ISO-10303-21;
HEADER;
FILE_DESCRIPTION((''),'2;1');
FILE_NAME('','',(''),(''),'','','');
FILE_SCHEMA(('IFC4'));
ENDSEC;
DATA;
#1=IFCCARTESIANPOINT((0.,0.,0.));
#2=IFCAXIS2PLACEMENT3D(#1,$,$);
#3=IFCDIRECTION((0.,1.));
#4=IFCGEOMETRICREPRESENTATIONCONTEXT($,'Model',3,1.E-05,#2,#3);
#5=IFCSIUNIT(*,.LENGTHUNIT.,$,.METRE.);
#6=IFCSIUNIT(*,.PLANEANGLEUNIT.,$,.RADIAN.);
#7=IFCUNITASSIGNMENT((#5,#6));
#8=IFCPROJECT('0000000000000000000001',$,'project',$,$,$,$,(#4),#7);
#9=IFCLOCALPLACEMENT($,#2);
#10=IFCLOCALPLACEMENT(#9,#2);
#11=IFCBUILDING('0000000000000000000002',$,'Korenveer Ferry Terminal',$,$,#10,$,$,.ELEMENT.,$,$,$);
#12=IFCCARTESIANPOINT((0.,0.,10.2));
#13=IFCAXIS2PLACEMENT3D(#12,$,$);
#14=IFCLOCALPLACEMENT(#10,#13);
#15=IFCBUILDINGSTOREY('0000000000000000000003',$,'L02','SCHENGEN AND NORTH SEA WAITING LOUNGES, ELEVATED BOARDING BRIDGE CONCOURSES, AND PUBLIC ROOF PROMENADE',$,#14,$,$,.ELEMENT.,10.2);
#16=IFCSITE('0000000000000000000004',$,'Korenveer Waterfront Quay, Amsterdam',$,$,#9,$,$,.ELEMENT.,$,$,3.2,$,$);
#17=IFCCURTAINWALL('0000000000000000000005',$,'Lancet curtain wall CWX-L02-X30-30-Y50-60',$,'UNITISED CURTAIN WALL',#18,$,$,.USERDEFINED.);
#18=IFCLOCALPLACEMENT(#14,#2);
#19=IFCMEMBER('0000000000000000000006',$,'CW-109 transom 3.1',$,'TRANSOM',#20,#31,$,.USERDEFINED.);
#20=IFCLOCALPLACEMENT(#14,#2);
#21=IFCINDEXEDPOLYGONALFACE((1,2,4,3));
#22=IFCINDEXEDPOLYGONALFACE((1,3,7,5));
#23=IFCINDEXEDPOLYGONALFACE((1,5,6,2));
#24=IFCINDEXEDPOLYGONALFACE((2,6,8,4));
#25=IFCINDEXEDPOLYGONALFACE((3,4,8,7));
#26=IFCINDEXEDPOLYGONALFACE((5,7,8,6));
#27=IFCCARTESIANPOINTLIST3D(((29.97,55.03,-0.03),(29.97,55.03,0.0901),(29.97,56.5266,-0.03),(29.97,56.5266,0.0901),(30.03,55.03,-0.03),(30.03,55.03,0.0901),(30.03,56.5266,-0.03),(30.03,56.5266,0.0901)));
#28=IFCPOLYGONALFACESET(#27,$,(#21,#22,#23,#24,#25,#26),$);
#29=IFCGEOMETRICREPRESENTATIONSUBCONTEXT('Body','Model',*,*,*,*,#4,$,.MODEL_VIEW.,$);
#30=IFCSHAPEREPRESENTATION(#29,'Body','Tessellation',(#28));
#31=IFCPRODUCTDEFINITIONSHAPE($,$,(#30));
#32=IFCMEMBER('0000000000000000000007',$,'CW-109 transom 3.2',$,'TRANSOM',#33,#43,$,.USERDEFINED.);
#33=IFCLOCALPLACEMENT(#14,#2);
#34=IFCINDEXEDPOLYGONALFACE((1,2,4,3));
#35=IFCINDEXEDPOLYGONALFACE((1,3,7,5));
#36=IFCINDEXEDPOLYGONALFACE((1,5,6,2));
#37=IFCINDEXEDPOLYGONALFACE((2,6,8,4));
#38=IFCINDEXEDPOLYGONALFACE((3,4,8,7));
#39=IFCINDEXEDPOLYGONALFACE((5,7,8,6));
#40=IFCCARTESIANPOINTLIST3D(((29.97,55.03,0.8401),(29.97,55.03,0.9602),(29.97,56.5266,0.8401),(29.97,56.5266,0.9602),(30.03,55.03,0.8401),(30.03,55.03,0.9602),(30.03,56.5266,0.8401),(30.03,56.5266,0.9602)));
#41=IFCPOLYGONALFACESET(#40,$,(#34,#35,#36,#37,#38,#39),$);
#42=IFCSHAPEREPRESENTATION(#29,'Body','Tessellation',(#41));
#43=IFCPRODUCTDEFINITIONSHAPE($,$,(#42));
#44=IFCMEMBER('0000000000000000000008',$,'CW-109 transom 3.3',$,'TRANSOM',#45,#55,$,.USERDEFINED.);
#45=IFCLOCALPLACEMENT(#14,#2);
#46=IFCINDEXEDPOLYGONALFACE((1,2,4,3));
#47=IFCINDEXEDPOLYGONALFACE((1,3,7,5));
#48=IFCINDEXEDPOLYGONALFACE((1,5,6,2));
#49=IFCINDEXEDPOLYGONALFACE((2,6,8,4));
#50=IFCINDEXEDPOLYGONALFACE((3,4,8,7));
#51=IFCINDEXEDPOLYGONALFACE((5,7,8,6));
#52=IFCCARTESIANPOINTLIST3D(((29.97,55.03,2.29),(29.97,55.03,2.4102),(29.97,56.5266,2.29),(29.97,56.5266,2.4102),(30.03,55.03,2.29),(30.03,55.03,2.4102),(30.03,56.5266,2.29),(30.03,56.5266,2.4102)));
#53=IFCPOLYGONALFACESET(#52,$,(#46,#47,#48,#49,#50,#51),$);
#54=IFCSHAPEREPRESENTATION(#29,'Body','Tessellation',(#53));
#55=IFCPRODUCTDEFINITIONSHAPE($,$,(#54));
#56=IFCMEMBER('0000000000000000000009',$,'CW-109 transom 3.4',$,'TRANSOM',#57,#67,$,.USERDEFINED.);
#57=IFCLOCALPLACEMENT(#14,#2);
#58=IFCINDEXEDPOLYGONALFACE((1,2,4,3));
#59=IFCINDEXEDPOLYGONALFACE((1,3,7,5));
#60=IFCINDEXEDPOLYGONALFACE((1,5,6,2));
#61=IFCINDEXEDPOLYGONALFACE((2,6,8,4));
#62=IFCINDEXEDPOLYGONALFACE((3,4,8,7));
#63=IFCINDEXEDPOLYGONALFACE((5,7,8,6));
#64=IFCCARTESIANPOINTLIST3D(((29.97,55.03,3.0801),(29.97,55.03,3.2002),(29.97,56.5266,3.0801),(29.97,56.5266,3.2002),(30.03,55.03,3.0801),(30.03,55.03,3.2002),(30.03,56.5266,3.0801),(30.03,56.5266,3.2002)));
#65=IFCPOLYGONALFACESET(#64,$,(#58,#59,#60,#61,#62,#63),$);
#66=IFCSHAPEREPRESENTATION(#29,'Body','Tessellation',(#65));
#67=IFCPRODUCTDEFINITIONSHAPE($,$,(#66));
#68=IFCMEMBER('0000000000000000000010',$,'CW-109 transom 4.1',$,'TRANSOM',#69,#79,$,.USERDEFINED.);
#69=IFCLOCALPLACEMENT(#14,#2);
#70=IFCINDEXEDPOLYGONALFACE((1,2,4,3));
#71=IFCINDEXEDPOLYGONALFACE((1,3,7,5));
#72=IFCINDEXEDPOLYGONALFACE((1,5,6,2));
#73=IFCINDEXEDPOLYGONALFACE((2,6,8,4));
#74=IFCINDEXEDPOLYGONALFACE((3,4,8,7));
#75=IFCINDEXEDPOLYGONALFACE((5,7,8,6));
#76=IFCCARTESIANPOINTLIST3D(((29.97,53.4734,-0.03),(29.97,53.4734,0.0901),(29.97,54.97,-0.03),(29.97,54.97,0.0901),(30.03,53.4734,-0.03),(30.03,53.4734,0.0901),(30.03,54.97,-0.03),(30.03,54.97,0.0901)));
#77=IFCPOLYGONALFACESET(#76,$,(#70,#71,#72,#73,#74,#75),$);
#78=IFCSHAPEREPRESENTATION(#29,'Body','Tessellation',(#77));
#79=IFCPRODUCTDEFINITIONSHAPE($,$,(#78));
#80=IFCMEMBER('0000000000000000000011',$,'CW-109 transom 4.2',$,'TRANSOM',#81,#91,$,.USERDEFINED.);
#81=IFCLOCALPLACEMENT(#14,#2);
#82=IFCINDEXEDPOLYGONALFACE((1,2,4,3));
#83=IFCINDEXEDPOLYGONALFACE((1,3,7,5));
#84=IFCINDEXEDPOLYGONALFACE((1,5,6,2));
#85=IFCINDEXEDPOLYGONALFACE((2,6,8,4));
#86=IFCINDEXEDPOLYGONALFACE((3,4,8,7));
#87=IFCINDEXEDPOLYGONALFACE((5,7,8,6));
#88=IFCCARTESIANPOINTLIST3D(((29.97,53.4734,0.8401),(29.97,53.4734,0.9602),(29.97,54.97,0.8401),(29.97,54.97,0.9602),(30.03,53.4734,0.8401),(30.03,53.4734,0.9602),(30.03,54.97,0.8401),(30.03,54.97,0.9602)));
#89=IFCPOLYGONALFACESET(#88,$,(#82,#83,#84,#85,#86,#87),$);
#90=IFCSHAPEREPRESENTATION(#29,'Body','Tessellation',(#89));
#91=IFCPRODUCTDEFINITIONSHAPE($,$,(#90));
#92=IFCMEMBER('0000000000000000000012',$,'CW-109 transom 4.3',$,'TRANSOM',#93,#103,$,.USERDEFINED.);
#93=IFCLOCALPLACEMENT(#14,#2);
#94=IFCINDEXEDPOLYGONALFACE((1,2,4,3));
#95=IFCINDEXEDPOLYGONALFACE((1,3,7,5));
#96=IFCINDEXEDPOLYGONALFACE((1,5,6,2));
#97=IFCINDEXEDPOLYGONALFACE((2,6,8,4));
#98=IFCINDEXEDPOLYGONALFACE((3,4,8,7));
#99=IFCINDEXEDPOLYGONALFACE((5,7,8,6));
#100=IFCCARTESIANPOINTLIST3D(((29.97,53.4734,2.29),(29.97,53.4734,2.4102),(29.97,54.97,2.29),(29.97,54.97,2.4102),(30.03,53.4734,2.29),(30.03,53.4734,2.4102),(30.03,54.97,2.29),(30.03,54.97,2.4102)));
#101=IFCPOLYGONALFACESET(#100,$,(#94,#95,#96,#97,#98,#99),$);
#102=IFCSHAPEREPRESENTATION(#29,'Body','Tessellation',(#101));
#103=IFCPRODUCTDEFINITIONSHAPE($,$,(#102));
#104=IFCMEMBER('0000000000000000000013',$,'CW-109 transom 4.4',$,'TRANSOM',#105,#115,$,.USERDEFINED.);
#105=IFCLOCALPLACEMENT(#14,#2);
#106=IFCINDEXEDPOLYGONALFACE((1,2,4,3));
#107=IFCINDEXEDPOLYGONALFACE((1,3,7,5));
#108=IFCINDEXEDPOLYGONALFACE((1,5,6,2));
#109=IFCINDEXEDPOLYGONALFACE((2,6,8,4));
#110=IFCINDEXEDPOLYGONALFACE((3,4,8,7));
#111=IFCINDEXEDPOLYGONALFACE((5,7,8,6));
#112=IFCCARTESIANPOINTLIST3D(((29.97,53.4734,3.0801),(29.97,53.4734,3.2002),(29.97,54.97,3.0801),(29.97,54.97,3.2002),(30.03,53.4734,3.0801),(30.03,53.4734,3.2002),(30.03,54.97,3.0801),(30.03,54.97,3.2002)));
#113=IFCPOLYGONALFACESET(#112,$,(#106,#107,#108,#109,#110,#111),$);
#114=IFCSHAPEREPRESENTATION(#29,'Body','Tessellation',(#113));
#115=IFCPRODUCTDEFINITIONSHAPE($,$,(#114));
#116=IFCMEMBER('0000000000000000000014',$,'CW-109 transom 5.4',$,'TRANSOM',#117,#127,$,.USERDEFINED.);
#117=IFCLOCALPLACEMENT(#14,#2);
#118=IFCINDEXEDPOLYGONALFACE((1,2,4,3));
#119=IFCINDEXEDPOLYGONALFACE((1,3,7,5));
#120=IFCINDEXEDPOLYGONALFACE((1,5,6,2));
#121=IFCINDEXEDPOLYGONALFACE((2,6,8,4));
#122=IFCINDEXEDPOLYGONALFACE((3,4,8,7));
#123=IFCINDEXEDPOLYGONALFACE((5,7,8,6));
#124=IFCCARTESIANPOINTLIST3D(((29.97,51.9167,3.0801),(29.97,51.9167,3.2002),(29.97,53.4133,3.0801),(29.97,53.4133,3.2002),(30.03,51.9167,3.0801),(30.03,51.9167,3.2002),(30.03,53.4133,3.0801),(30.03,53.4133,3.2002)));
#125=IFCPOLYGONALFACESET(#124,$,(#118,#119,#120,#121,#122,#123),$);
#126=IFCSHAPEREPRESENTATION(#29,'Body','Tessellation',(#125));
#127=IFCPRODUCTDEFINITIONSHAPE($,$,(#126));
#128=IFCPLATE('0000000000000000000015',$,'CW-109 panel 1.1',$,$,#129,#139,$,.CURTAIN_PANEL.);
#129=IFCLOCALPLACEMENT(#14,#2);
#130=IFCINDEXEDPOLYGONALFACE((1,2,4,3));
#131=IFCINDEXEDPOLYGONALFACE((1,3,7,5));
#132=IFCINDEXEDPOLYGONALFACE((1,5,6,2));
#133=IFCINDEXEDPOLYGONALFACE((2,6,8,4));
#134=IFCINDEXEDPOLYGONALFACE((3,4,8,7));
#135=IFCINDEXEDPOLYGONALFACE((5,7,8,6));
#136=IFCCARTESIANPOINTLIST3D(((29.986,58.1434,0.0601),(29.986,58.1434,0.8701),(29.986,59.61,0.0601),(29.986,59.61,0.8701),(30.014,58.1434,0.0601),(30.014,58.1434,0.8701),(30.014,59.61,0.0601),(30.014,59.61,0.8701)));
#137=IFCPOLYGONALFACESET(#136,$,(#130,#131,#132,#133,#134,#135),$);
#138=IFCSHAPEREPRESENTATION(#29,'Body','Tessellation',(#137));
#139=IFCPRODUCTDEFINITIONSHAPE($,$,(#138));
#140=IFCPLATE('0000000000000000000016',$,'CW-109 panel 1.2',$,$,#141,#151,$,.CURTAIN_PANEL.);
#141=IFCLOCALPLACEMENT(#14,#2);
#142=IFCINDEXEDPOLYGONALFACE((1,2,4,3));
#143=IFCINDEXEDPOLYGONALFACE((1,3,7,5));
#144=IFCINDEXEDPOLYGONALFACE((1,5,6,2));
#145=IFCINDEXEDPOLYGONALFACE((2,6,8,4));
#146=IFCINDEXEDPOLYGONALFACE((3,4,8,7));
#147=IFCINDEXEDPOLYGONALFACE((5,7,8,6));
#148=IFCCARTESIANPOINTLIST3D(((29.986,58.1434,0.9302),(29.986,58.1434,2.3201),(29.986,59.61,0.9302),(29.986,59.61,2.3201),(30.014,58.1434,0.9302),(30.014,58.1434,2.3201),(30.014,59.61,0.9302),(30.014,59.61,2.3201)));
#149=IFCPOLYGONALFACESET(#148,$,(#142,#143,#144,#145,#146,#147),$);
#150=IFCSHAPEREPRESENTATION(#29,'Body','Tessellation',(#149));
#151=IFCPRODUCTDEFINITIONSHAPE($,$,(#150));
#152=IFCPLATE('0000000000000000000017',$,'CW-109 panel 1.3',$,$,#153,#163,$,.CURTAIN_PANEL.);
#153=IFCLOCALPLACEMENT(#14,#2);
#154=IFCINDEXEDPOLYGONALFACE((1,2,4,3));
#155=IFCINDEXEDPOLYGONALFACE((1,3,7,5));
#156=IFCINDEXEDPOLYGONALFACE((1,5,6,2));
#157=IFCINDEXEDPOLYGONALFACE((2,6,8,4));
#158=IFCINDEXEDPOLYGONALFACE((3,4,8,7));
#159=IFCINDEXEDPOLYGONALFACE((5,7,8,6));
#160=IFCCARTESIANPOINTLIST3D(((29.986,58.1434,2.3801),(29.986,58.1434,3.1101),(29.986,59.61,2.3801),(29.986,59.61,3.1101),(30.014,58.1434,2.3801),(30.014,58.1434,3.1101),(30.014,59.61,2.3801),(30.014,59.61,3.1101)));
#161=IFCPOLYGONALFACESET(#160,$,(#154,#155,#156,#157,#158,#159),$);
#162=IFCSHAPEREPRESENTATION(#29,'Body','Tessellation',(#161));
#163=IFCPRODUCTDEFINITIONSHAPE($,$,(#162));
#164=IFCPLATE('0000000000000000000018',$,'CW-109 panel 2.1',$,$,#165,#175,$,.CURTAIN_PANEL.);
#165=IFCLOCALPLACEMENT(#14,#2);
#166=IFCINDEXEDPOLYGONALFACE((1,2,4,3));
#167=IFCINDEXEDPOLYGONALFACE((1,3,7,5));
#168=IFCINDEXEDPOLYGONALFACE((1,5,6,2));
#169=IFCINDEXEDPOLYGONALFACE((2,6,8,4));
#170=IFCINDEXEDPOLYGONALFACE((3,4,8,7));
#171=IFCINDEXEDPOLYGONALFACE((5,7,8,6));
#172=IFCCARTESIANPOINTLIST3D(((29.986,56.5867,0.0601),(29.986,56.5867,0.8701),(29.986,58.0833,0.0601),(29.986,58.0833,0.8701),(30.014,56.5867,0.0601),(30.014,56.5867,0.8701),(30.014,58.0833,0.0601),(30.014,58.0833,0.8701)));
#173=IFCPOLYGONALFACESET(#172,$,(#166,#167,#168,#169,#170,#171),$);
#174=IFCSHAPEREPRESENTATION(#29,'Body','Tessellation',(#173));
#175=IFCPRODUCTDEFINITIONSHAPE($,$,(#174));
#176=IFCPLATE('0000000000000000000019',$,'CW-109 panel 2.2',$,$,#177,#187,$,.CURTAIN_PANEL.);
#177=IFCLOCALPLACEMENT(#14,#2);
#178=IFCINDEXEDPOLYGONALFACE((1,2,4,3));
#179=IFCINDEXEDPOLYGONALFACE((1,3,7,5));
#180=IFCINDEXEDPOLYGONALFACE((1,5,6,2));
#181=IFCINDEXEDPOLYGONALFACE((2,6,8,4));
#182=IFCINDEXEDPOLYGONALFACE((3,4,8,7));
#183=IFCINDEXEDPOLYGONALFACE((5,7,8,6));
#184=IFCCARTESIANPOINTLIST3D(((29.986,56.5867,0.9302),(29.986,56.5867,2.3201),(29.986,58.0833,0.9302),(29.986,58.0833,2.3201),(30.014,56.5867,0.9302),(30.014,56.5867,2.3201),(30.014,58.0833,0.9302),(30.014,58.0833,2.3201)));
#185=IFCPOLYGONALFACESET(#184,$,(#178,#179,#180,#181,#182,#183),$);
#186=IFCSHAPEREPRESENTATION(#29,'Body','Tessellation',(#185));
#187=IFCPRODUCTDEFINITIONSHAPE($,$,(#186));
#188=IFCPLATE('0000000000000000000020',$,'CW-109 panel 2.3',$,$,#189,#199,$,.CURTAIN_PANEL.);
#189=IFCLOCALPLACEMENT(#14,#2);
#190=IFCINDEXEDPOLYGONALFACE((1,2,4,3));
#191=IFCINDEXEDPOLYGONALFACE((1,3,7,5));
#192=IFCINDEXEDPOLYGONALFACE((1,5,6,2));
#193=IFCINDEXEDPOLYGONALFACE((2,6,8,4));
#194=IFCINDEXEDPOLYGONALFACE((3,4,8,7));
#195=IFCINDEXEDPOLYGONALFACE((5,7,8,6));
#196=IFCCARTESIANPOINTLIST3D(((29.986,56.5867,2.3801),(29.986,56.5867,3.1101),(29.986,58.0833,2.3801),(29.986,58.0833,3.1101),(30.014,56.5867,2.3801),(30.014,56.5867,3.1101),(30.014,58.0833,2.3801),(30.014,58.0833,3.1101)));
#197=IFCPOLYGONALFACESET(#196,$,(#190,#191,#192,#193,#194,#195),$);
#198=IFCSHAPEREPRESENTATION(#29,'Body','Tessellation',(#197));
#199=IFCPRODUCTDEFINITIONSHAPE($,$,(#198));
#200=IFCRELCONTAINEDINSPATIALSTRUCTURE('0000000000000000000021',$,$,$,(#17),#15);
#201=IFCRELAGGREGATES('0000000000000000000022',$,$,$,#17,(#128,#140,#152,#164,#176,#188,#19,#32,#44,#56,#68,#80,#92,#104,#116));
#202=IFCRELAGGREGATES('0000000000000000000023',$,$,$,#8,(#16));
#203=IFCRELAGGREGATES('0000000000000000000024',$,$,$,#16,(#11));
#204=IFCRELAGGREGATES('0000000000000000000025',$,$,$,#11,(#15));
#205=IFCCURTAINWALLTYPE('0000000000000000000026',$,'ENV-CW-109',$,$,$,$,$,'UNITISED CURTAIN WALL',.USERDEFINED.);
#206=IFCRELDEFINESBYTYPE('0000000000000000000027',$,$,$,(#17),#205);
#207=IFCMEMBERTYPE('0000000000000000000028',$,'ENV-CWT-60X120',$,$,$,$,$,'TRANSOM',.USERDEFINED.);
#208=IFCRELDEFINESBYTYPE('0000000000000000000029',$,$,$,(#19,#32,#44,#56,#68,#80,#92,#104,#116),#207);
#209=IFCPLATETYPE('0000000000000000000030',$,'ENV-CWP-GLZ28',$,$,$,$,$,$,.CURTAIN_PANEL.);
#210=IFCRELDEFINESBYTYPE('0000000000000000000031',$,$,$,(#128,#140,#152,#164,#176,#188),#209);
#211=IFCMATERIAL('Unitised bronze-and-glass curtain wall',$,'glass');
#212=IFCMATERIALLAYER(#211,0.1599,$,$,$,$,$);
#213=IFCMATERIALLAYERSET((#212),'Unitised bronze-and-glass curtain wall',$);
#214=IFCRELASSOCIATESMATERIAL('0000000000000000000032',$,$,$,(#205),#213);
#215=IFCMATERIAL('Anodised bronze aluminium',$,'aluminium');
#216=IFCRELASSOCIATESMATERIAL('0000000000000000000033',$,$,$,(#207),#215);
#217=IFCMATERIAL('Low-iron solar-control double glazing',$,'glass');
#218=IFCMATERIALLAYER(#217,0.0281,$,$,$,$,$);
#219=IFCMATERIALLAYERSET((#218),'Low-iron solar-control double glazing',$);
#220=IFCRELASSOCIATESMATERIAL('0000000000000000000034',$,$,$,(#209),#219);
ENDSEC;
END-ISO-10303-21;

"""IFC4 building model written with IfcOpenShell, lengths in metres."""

from ifc_helpers import new_model, si_unit, direction, frame, origin, origin_2d, place, context, subcontext, project, spatial, rectangle, extrude, material, layer, layer_set, material_profile, profile_set, type_object, element, aggregate, save


model = new_model("IFC4")

# Units and contexts
model_context = context("Model", 3, precision=1e-05, world=origin(), true_north=direction((0.0, 1.0)))
body_context = subcontext(model_context, "Body", "Model", "MODEL_VIEW")
ifc_project = project(units=[si_unit("LENGTHUNIT", "METRE"), si_unit("PLANEANGLEUNIT", "RADIAN")], contexts=[model_context])

# Site, building, storey
site_placement = place(None, origin())
site = spatial("IfcSite", under=ifc_project, at=site_placement, Name="Korenveer Waterfront Quay, Amsterdam", CompositionType="ELEMENT", RefElevation=3.2)
building_placement = place(site_placement, origin())
building = spatial("IfcBuilding", under=site, at=building_placement, Name="Korenveer Ferry Terminal", CompositionType="ELEMENT")
storey_placement = place(building_placement, frame((0.0, 0.0, 10.2)))
storey = spatial("IfcBuildingStorey", under=building, at=storey_placement, Name="L02", Description="SCHENGEN AND NORTH SEA WAITING LOUNGES, ELEVATED BOARDING BRIDGE CONCOURSES, AND PUBLIC ROOF PROMENADE", CompositionType="ELEMENT", Elevation=10.2)

# Curtain wall, members, plates
ifc_material_1 = material(Name="Unitised bronze-and-glass curtain wall", Category="glass")
ifc_layer_1 = layer(ifc_material_1, 0.1599)
ifc_layer_set_1 = layer_set([ifc_layer_1], Name="Unitised bronze-and-glass curtain wall")
curtain_wall_type = type_object("IfcCurtainWallType", Name="ENV-CW-109", ElementType="UNITISED CURTAIN WALL", PredefinedType="USERDEFINED", material=ifc_layer_set_1)
curtain_wall_placement = place(storey_placement, frame((30.0, 59.6699, 0.0)))
curtain_wall = element("IfcCurtainWall", 1, at=curtain_wall_placement, inside=storey, type_object=curtain_wall_type, Name="Lancet curtain wall CWX-L02-X30-30-Y50-60", ObjectType="UNITISED CURTAIN WALL", PredefinedType="USERDEFINED")
ifc_material_2 = material(Name="Anodised bronze aluminium", Category="aluminium")
ifc_material_profile_1 = material_profile(ifc_material_2, rectangle(XDim=0.0601, YDim=0.1201, at=origin_2d()), Name="ALU 60x120")
ifc_profile_set_1 = profile_set([ifc_material_profile_1], Name="Anodised bronze aluminium")
member_type_1 = type_object("IfcMemberType", Name="ENV-CWT-60X120", ElementType="TRANSOM", PredefinedType="USERDEFINED", material=ifc_profile_set_1)
member_1_placement = place(storey_placement, frame((30.0, 56.5266, 0.03), z_axis=(0.0, -1.0, 0.0), x_axis=(1.0, 0.0, 0.0)))
member_1 = element("IfcMember", 2, at=member_1_placement, type_object=member_type_1, Name="CW-109 transom 3.1", ObjectType="TRANSOM", PredefinedType="USERDEFINED", context=body_context, shape_type="SweptSolid", body=[
    extrude(rectangle(XDim=0.0601, YDim=0.1201, at=origin_2d()), origin(), (0.0, 0.0, 1.0), 1.4966),
])
member_2_placement = place(storey_placement, frame((30.0, 56.5266, 0.9001), z_axis=(0.0, -1.0, 0.0), x_axis=(1.0, 0.0, 0.0)))
member_2 = element("IfcMember", 3, at=member_2_placement, type_object=member_type_1, Name="CW-109 transom 3.2", ObjectType="TRANSOM", PredefinedType="USERDEFINED", context=body_context, shape_type="SweptSolid", body=[
    extrude(rectangle(XDim=0.0601, YDim=0.1201, at=origin_2d()), origin(), (0.0, 0.0, 1.0), 1.4966),
])
member_3_placement = place(storey_placement, frame((30.0, 56.5266, 2.3501), z_axis=(0.0, -1.0, 0.0), x_axis=(1.0, 0.0, 0.0)))
member_3 = element("IfcMember", 4, at=member_3_placement, type_object=member_type_1, Name="CW-109 transom 3.3", ObjectType="TRANSOM", PredefinedType="USERDEFINED", context=body_context, shape_type="SweptSolid", body=[
    extrude(rectangle(XDim=0.0601, YDim=0.1201, at=origin_2d()), origin(), (0.0, 0.0, 1.0), 1.4966),
])
member_4_placement = place(storey_placement, frame((30.0, 56.5266, 3.1401), z_axis=(0.0, -1.0, 0.0), x_axis=(1.0, 0.0, 0.0)))
member_4 = element("IfcMember", 5, at=member_4_placement, type_object=member_type_1, Name="CW-109 transom 3.4", ObjectType="TRANSOM", PredefinedType="USERDEFINED", context=body_context, shape_type="SweptSolid", body=[
    extrude(rectangle(XDim=0.0601, YDim=0.1201, at=origin_2d()), origin(), (0.0, 0.0, 1.0), 1.4966),
])
member_5_placement = place(storey_placement, frame((30.0, 54.97, 0.03), z_axis=(0.0, -1.0, 0.0), x_axis=(1.0, 0.0, 0.0)))
member_5 = element("IfcMember", 6, at=member_5_placement, type_object=member_type_1, Name="CW-109 transom 4.1", ObjectType="TRANSOM", PredefinedType="USERDEFINED", context=body_context, shape_type="SweptSolid", body=[
    extrude(rectangle(XDim=0.0601, YDim=0.1201, at=origin_2d()), origin(), (0.0, 0.0, 1.0), 1.4966),
])
member_6_placement = place(storey_placement, frame((30.0, 54.97, 0.9001), z_axis=(0.0, -1.0, 0.0), x_axis=(1.0, 0.0, 0.0)))
member_6 = element("IfcMember", 7, at=member_6_placement, type_object=member_type_1, Name="CW-109 transom 4.2", ObjectType="TRANSOM", PredefinedType="USERDEFINED", context=body_context, shape_type="SweptSolid", body=[
    extrude(rectangle(XDim=0.0601, YDim=0.1201, at=origin_2d()), origin(), (0.0, 0.0, 1.0), 1.4966),
])
member_7_placement = place(storey_placement, frame((30.0, 54.97, 2.3501), z_axis=(0.0, -1.0, 0.0), x_axis=(1.0, 0.0, 0.0)))
member_7 = element("IfcMember", 8, at=member_7_placement, type_object=member_type_1, Name="CW-109 transom 4.3", ObjectType="TRANSOM", PredefinedType="USERDEFINED", context=body_context, shape_type="SweptSolid", body=[
    extrude(rectangle(XDim=0.0601, YDim=0.1201, at=origin_2d()), origin(), (0.0, 0.0, 1.0), 1.4966),
])
member_8_placement = place(storey_placement, frame((30.0, 54.97, 3.1401), z_axis=(0.0, -1.0, 0.0), x_axis=(1.0, 0.0, 0.0)))
member_8 = element("IfcMember", 9, at=member_8_placement, type_object=member_type_1, Name="CW-109 transom 4.4", ObjectType="TRANSOM", PredefinedType="USERDEFINED", context=body_context, shape_type="SweptSolid", body=[
    extrude(rectangle(XDim=0.0601, YDim=0.1201, at=origin_2d()), origin(), (0.0, 0.0, 1.0), 1.4966),
])
member_9_placement = place(storey_placement, frame((30.0, 53.4133, 3.1401), z_axis=(0.0, -1.0, 0.0), x_axis=(1.0, 0.0, 0.0)))
member_9 = element("IfcMember", 10, at=member_9_placement, type_object=member_type_1, Name="CW-109 transom 5.4", ObjectType="TRANSOM", PredefinedType="USERDEFINED", context=body_context, shape_type="SweptSolid", body=[
    extrude(rectangle(XDim=0.0601, YDim=0.1201, at=origin_2d()), origin(), (0.0, 0.0, 1.0), 1.4966),
])
ifc_material_3 = material(Name="Low-iron solar-control double glazing", Category="glass")
ifc_layer_2 = layer(ifc_material_3, 0.0281)
ifc_layer_set_2 = layer_set([ifc_layer_2], Name="Low-iron solar-control double glazing")
plate_type = type_object("IfcPlateType", Name="ENV-CWP-GLZ28", PredefinedType="CURTAIN_PANEL", material=ifc_layer_set_2)
plate_1_placement = place(storey_placement, frame((30.0, 58.8767, 0.0601), z_axis=(0.0, 0.0, 1.0), x_axis=(0.0, -1.0, 0.0)))
plate_1 = element("IfcPlate", 11, at=plate_1_placement, type_object=plate_type, Name="CW-109 panel 1.1", PredefinedType="CURTAIN_PANEL", context=body_context, shape_type="SweptSolid", body=[
    extrude(rectangle(XDim=1.4666, YDim=0.0281, at=origin_2d()), origin(), (0.0, 0.0, 1.0), 0.8101),
])
plate_2_placement = place(storey_placement, frame((30.0, 58.8767, 0.9302), z_axis=(0.0, 0.0, 1.0), x_axis=(0.0, -1.0, 0.0)))
plate_2 = element("IfcPlate", 12, at=plate_2_placement, type_object=plate_type, Name="CW-109 panel 1.2", PredefinedType="CURTAIN_PANEL", context=body_context, shape_type="SweptSolid", body=[
    extrude(rectangle(XDim=1.4666, YDim=0.0281, at=origin_2d()), origin(), (0.0, 0.0, 1.0), 1.3899),
])
plate_3_placement = place(storey_placement, frame((30.0, 58.8767, 2.3801), z_axis=(0.0, 0.0, 1.0), x_axis=(0.0, -1.0, 0.0)))
plate_3 = element("IfcPlate", 13, at=plate_3_placement, type_object=plate_type, Name="CW-109 panel 1.3", PredefinedType="CURTAIN_PANEL", context=body_context, shape_type="SweptSolid", body=[
    extrude(rectangle(XDim=1.4666, YDim=0.0281, at=origin_2d()), origin(), (0.0, 0.0, 1.0), 0.73),
])
plate_4_placement = place(storey_placement, frame((30.0, 57.335, 0.0601), z_axis=(0.0, 0.0, 1.0), x_axis=(0.0, -1.0, 0.0)))
plate_4 = element("IfcPlate", 14, at=plate_4_placement, type_object=plate_type, Name="CW-109 panel 2.1", PredefinedType="CURTAIN_PANEL", context=body_context, shape_type="SweptSolid", body=[
    extrude(rectangle(XDim=1.4966, YDim=0.0281, at=origin_2d()), origin(), (0.0, 0.0, 1.0), 0.8101),
])
plate_5_placement = place(storey_placement, frame((30.0, 57.335, 0.9302), z_axis=(0.0, 0.0, 1.0), x_axis=(0.0, -1.0, 0.0)))
plate_5 = element("IfcPlate", 15, at=plate_5_placement, type_object=plate_type, Name="CW-109 panel 2.2", PredefinedType="CURTAIN_PANEL", context=body_context, shape_type="SweptSolid", body=[
    extrude(rectangle(XDim=1.4966, YDim=0.0281, at=origin_2d()), origin(), (0.0, 0.0, 1.0), 1.3899),
])
plate_6_placement = place(storey_placement, frame((30.0, 57.335, 2.3801), z_axis=(0.0, 0.0, 1.0), x_axis=(0.0, -1.0, 0.0)))
plate_6 = element("IfcPlate", 16, at=plate_6_placement, type_object=plate_type, Name="CW-109 panel 2.3", PredefinedType="CURTAIN_PANEL", context=body_context, shape_type="SweptSolid", body=[
    extrude(rectangle(XDim=1.4966, YDim=0.0281, at=origin_2d()), origin(), (0.0, 0.0, 1.0), 0.73),
])
aggregate(curtain_wall, [plate_1, plate_2, plate_3, plate_4, plate_5, plate_6, member_1, member_2, member_3, member_4, member_5, member_6, member_7, member_8, member_9])

save(model, "model.ifc")
